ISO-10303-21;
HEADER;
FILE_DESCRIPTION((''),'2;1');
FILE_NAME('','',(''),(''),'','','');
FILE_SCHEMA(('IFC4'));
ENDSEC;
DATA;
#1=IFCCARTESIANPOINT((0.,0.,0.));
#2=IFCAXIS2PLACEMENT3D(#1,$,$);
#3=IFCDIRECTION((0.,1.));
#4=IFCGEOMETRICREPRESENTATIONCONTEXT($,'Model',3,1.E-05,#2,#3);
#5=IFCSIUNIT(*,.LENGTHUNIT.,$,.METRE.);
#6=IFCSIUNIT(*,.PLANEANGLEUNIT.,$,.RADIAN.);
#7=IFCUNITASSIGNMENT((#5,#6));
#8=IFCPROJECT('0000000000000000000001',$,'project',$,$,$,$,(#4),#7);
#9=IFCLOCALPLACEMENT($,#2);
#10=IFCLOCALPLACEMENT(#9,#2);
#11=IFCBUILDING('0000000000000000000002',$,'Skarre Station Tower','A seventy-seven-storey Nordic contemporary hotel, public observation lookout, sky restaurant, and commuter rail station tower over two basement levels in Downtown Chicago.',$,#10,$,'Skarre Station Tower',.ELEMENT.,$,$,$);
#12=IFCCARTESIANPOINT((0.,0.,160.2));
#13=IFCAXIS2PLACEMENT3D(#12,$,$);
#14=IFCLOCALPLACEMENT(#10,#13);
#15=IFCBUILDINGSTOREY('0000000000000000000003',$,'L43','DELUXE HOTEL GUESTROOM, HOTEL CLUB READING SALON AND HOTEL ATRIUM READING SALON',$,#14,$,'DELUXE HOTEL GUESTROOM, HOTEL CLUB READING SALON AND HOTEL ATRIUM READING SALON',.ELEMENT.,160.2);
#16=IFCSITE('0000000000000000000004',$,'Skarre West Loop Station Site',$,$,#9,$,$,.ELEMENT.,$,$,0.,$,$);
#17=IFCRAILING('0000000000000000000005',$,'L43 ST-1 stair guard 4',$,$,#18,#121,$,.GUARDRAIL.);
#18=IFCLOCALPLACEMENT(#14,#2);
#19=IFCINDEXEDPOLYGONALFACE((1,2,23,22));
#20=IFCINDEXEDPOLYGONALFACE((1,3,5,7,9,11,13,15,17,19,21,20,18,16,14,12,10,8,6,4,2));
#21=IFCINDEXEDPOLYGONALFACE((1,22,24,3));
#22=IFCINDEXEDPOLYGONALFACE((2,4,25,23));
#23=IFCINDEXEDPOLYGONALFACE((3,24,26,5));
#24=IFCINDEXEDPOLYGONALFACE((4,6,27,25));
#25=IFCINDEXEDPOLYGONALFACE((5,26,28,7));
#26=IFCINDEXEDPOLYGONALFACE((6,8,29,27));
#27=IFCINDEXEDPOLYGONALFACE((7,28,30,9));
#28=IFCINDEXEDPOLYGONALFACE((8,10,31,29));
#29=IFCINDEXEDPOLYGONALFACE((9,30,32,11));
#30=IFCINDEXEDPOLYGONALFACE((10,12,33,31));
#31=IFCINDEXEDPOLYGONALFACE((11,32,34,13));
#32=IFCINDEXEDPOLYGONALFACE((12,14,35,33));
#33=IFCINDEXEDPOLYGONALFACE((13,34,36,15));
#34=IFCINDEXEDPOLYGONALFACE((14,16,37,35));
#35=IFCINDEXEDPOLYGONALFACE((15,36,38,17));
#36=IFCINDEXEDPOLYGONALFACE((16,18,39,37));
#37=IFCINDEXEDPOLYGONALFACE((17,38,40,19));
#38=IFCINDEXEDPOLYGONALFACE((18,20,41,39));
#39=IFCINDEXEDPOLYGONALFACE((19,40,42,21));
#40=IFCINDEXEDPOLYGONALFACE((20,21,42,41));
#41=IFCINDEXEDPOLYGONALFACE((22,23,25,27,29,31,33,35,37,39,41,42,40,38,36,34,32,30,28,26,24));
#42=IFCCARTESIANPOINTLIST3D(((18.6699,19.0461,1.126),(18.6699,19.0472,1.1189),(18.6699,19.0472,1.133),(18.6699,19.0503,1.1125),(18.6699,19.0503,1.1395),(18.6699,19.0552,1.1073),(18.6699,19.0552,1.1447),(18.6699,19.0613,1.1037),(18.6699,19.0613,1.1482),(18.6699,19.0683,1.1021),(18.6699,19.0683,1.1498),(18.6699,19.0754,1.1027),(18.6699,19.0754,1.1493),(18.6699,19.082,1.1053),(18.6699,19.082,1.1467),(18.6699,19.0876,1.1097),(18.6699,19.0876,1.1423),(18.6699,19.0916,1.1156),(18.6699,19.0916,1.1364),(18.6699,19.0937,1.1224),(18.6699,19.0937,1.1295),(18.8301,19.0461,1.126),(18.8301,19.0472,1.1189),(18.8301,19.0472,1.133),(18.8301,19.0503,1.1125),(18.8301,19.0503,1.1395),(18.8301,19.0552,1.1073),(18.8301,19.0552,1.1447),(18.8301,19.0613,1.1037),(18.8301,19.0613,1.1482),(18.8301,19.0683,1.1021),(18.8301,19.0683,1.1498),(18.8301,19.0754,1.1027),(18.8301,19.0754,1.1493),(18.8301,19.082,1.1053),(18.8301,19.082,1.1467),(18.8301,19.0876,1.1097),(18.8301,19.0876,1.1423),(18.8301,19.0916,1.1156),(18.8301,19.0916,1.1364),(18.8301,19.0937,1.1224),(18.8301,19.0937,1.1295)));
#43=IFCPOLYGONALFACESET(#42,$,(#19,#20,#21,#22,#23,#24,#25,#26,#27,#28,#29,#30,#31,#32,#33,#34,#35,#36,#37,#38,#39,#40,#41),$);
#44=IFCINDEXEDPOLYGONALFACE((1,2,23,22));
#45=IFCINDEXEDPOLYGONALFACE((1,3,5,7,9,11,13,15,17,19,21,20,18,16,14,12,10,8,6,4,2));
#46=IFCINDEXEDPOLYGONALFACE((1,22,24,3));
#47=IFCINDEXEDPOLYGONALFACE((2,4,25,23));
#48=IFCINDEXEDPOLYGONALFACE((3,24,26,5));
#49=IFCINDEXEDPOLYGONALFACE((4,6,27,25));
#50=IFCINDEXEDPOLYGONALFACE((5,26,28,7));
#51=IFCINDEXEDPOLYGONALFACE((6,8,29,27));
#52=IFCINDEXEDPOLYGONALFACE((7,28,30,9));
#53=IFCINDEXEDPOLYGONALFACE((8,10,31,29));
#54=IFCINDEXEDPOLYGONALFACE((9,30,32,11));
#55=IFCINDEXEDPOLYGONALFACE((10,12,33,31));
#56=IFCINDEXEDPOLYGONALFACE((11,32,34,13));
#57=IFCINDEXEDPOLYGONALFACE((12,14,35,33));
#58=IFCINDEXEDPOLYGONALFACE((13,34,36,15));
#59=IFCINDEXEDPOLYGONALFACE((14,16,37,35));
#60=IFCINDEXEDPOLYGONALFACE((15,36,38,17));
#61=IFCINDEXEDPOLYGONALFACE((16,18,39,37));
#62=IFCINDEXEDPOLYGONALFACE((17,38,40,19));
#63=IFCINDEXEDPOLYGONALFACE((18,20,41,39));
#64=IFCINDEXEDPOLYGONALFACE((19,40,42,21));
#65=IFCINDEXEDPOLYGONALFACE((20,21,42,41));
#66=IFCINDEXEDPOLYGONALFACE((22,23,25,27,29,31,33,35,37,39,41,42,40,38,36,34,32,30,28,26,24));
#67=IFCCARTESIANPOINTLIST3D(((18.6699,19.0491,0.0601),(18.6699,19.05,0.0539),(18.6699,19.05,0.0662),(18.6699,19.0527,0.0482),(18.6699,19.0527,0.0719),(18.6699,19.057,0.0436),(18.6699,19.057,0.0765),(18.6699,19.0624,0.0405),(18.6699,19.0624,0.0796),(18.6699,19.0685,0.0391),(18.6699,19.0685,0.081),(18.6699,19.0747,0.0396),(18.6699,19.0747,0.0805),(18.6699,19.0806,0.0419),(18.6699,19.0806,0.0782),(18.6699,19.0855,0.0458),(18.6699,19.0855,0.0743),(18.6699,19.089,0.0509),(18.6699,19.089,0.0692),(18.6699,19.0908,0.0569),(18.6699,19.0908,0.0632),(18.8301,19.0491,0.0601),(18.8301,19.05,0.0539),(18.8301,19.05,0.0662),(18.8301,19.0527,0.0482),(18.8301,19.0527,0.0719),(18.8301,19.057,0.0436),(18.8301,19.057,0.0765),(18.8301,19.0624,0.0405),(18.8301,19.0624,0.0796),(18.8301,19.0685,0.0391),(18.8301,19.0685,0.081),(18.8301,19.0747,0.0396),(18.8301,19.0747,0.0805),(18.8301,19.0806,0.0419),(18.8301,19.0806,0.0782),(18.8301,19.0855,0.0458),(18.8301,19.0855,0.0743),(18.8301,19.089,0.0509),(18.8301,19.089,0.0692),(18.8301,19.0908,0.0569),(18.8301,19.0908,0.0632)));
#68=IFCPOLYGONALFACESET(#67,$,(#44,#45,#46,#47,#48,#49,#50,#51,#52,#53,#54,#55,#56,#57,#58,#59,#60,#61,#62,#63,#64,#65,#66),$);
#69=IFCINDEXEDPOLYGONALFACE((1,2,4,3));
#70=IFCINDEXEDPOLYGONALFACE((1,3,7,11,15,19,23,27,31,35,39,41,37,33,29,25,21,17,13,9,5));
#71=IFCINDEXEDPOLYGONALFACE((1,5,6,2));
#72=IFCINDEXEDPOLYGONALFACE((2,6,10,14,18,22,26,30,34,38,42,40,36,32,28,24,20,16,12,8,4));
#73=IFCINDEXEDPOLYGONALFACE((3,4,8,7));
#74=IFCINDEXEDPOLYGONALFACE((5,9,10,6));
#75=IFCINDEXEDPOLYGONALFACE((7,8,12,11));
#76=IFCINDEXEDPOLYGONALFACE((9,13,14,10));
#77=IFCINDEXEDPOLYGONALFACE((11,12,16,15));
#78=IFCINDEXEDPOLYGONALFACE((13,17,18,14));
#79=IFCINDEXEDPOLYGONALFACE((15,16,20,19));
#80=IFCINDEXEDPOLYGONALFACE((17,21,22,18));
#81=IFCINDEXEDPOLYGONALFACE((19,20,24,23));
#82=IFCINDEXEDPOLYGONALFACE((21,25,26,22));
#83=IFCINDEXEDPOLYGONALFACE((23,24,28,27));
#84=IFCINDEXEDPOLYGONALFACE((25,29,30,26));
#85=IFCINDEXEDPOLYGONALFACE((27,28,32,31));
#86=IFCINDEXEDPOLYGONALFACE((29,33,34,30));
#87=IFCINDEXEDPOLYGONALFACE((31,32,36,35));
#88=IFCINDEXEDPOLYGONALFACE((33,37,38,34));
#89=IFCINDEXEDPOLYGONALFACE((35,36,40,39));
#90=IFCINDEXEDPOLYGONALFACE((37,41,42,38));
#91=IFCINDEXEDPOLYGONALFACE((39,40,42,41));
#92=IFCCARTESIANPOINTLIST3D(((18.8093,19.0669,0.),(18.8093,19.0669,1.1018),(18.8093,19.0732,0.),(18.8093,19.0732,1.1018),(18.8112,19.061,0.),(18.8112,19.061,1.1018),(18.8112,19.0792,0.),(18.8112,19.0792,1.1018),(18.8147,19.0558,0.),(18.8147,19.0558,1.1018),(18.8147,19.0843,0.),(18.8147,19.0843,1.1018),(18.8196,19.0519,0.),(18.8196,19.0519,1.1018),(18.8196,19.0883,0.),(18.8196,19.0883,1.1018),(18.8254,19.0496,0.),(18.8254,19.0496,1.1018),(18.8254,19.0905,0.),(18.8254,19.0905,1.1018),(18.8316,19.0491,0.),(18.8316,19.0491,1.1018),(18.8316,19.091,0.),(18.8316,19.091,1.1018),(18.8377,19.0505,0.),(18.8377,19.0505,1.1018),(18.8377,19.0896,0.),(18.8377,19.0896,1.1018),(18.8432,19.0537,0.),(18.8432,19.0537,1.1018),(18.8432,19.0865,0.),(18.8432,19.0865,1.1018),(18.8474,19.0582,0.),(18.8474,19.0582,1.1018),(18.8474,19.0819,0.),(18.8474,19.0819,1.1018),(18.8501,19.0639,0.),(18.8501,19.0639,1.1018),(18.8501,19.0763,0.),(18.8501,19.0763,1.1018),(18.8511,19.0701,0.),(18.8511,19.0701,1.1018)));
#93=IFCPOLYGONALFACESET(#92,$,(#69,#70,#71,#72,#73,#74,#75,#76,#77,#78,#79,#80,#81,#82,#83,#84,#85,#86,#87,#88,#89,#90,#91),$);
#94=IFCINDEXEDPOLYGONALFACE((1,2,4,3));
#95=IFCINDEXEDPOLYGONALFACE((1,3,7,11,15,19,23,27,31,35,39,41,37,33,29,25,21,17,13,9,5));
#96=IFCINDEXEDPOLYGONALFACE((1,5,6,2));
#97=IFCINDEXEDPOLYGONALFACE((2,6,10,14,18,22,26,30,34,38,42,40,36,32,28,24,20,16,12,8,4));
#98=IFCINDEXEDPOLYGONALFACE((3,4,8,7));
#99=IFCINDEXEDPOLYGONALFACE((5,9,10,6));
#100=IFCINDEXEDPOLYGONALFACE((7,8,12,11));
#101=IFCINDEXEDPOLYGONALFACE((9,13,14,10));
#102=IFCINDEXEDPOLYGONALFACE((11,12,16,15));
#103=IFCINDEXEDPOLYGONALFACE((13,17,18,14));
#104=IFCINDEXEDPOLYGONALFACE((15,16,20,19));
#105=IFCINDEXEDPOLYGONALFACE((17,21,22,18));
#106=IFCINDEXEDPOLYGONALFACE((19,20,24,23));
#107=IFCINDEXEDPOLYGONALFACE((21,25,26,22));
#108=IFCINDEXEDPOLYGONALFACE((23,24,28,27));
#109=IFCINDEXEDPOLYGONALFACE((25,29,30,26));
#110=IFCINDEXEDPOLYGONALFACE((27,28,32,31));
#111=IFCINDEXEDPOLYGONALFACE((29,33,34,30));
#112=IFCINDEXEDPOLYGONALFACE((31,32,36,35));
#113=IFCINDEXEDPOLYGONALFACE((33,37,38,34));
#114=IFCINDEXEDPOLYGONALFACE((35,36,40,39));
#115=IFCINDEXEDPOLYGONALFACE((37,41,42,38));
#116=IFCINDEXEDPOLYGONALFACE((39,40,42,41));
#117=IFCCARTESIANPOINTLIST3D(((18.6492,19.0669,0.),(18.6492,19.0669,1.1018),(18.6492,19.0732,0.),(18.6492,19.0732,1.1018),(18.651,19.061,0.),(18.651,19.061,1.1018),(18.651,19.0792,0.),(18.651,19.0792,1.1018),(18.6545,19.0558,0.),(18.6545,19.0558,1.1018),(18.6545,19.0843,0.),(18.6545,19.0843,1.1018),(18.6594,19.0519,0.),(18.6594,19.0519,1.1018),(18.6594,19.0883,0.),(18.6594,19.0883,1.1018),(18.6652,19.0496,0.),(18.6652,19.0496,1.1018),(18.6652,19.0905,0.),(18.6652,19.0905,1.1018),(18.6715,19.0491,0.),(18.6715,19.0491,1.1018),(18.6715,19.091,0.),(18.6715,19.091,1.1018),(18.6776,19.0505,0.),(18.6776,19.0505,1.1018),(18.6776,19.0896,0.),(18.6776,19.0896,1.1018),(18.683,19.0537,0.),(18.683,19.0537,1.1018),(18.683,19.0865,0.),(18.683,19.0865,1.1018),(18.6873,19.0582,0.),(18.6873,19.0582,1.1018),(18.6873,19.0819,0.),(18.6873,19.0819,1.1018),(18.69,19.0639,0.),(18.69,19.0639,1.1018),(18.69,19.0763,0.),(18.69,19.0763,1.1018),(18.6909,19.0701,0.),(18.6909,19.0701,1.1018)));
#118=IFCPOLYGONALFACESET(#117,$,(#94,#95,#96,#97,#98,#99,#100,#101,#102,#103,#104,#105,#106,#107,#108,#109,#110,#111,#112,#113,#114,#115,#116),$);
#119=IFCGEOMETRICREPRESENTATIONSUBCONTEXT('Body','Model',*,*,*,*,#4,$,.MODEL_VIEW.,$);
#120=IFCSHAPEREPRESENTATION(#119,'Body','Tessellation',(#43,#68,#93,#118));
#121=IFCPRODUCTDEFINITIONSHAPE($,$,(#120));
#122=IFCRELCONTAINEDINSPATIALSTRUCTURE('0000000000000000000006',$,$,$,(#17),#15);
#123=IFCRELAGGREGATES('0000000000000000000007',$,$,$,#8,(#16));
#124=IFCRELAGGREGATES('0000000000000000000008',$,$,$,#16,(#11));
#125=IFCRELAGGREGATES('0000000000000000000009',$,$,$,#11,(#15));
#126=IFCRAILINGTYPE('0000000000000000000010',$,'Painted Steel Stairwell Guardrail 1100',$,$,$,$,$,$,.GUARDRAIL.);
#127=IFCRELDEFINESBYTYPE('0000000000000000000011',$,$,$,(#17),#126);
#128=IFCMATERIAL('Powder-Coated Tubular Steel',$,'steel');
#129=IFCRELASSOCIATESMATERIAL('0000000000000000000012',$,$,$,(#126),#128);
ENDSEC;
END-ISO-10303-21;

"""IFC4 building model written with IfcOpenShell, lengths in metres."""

from ifc_helpers import new_model, si_unit, direction, frame, origin, origin_2d, place, context, subcontext, project, spatial, circle, extrude, material, type_object, element, save


model = new_model("IFC4")

# Units and contexts
model_context = context("Model", 3, precision=1e-05, world=origin(), true_north=direction((0.0, 1.0)))
body_context = subcontext(model_context, "Body", "Model", "MODEL_VIEW")
ifc_project = project(units=[si_unit("LENGTHUNIT", "METRE"), si_unit("PLANEANGLEUNIT", "RADIAN")], contexts=[model_context])

# Site, building, storey
site_placement = place(None, origin())
site = spatial("IfcSite", under=ifc_project, at=site_placement, Name="Skarre West Loop Station Site", CompositionType="ELEMENT", RefElevation=0.0)
building_placement = place(site_placement, origin())
building = spatial("IfcBuilding", under=site, at=building_placement, Name="Skarre Station Tower", Description="A seventy-seven-storey Nordic contemporary hotel, public observation lookout, sky restaurant, and commuter rail station tower over two basement levels in Downtown Chicago.", LongName="Skarre Station Tower", CompositionType="ELEMENT")
storey_placement = place(building_placement, frame((0.0, 0.0, 160.2)))
storey = spatial("IfcBuildingStorey", under=building, at=storey_placement, Name="L43", Description="DELUXE HOTEL GUESTROOM, HOTEL CLUB READING SALON AND HOTEL ATRIUM READING SALON", LongName="DELUXE HOTEL GUESTROOM, HOTEL CLUB READING SALON AND HOTEL ATRIUM READING SALON", CompositionType="ELEMENT", Elevation=160.2)

# Railing
ifc_material_1 = material(Name="Powder-Coated Tubular Steel", Category="steel")
railing_type_1 = type_object("IfcRailingType", Name="Painted Steel Stairwell Guardrail 1100", PredefinedType="GUARDRAIL", material=ifc_material_1)
railing_1_placement = place(storey_placement, frame((18.8301, 19.0701, 0.0)))
element("IfcRailing", 1, at=railing_1_placement, inside=storey, type_object=railing_type_1, Name="L43 ST-1 stair guard 4", PredefinedType="GUARDRAIL", context=body_context, shape_type="SweptSolid", body=[
    extrude(circle(Radius=0.0239, at=origin_2d()), frame((0.0, 0.0, 1.126), z_axis=(-1.0, 0.0, 0.0), x_axis=(0.0, -1.0, 0.0)), (0.0, 0.0, 1.0), 0.1602),
    extrude(circle(Radius=0.021, at=origin_2d()), frame((0.0, 0.0, 0.0601), z_axis=(-1.0, 0.0, 0.0), x_axis=(0.0, -1.0, 0.0)), (0.0, 0.0, 1.0), 0.1602),
    extrude(circle(Radius=0.021, at=origin_2d()), origin(), (0.0, 0.0, 1.0), 1.1018),
    extrude(circle(Radius=0.021, at=origin_2d()), frame((-0.1602, 0.0, 0.0)), (0.0, 0.0, 1.0), 1.1018),
])

save(model, "model.ifc")
